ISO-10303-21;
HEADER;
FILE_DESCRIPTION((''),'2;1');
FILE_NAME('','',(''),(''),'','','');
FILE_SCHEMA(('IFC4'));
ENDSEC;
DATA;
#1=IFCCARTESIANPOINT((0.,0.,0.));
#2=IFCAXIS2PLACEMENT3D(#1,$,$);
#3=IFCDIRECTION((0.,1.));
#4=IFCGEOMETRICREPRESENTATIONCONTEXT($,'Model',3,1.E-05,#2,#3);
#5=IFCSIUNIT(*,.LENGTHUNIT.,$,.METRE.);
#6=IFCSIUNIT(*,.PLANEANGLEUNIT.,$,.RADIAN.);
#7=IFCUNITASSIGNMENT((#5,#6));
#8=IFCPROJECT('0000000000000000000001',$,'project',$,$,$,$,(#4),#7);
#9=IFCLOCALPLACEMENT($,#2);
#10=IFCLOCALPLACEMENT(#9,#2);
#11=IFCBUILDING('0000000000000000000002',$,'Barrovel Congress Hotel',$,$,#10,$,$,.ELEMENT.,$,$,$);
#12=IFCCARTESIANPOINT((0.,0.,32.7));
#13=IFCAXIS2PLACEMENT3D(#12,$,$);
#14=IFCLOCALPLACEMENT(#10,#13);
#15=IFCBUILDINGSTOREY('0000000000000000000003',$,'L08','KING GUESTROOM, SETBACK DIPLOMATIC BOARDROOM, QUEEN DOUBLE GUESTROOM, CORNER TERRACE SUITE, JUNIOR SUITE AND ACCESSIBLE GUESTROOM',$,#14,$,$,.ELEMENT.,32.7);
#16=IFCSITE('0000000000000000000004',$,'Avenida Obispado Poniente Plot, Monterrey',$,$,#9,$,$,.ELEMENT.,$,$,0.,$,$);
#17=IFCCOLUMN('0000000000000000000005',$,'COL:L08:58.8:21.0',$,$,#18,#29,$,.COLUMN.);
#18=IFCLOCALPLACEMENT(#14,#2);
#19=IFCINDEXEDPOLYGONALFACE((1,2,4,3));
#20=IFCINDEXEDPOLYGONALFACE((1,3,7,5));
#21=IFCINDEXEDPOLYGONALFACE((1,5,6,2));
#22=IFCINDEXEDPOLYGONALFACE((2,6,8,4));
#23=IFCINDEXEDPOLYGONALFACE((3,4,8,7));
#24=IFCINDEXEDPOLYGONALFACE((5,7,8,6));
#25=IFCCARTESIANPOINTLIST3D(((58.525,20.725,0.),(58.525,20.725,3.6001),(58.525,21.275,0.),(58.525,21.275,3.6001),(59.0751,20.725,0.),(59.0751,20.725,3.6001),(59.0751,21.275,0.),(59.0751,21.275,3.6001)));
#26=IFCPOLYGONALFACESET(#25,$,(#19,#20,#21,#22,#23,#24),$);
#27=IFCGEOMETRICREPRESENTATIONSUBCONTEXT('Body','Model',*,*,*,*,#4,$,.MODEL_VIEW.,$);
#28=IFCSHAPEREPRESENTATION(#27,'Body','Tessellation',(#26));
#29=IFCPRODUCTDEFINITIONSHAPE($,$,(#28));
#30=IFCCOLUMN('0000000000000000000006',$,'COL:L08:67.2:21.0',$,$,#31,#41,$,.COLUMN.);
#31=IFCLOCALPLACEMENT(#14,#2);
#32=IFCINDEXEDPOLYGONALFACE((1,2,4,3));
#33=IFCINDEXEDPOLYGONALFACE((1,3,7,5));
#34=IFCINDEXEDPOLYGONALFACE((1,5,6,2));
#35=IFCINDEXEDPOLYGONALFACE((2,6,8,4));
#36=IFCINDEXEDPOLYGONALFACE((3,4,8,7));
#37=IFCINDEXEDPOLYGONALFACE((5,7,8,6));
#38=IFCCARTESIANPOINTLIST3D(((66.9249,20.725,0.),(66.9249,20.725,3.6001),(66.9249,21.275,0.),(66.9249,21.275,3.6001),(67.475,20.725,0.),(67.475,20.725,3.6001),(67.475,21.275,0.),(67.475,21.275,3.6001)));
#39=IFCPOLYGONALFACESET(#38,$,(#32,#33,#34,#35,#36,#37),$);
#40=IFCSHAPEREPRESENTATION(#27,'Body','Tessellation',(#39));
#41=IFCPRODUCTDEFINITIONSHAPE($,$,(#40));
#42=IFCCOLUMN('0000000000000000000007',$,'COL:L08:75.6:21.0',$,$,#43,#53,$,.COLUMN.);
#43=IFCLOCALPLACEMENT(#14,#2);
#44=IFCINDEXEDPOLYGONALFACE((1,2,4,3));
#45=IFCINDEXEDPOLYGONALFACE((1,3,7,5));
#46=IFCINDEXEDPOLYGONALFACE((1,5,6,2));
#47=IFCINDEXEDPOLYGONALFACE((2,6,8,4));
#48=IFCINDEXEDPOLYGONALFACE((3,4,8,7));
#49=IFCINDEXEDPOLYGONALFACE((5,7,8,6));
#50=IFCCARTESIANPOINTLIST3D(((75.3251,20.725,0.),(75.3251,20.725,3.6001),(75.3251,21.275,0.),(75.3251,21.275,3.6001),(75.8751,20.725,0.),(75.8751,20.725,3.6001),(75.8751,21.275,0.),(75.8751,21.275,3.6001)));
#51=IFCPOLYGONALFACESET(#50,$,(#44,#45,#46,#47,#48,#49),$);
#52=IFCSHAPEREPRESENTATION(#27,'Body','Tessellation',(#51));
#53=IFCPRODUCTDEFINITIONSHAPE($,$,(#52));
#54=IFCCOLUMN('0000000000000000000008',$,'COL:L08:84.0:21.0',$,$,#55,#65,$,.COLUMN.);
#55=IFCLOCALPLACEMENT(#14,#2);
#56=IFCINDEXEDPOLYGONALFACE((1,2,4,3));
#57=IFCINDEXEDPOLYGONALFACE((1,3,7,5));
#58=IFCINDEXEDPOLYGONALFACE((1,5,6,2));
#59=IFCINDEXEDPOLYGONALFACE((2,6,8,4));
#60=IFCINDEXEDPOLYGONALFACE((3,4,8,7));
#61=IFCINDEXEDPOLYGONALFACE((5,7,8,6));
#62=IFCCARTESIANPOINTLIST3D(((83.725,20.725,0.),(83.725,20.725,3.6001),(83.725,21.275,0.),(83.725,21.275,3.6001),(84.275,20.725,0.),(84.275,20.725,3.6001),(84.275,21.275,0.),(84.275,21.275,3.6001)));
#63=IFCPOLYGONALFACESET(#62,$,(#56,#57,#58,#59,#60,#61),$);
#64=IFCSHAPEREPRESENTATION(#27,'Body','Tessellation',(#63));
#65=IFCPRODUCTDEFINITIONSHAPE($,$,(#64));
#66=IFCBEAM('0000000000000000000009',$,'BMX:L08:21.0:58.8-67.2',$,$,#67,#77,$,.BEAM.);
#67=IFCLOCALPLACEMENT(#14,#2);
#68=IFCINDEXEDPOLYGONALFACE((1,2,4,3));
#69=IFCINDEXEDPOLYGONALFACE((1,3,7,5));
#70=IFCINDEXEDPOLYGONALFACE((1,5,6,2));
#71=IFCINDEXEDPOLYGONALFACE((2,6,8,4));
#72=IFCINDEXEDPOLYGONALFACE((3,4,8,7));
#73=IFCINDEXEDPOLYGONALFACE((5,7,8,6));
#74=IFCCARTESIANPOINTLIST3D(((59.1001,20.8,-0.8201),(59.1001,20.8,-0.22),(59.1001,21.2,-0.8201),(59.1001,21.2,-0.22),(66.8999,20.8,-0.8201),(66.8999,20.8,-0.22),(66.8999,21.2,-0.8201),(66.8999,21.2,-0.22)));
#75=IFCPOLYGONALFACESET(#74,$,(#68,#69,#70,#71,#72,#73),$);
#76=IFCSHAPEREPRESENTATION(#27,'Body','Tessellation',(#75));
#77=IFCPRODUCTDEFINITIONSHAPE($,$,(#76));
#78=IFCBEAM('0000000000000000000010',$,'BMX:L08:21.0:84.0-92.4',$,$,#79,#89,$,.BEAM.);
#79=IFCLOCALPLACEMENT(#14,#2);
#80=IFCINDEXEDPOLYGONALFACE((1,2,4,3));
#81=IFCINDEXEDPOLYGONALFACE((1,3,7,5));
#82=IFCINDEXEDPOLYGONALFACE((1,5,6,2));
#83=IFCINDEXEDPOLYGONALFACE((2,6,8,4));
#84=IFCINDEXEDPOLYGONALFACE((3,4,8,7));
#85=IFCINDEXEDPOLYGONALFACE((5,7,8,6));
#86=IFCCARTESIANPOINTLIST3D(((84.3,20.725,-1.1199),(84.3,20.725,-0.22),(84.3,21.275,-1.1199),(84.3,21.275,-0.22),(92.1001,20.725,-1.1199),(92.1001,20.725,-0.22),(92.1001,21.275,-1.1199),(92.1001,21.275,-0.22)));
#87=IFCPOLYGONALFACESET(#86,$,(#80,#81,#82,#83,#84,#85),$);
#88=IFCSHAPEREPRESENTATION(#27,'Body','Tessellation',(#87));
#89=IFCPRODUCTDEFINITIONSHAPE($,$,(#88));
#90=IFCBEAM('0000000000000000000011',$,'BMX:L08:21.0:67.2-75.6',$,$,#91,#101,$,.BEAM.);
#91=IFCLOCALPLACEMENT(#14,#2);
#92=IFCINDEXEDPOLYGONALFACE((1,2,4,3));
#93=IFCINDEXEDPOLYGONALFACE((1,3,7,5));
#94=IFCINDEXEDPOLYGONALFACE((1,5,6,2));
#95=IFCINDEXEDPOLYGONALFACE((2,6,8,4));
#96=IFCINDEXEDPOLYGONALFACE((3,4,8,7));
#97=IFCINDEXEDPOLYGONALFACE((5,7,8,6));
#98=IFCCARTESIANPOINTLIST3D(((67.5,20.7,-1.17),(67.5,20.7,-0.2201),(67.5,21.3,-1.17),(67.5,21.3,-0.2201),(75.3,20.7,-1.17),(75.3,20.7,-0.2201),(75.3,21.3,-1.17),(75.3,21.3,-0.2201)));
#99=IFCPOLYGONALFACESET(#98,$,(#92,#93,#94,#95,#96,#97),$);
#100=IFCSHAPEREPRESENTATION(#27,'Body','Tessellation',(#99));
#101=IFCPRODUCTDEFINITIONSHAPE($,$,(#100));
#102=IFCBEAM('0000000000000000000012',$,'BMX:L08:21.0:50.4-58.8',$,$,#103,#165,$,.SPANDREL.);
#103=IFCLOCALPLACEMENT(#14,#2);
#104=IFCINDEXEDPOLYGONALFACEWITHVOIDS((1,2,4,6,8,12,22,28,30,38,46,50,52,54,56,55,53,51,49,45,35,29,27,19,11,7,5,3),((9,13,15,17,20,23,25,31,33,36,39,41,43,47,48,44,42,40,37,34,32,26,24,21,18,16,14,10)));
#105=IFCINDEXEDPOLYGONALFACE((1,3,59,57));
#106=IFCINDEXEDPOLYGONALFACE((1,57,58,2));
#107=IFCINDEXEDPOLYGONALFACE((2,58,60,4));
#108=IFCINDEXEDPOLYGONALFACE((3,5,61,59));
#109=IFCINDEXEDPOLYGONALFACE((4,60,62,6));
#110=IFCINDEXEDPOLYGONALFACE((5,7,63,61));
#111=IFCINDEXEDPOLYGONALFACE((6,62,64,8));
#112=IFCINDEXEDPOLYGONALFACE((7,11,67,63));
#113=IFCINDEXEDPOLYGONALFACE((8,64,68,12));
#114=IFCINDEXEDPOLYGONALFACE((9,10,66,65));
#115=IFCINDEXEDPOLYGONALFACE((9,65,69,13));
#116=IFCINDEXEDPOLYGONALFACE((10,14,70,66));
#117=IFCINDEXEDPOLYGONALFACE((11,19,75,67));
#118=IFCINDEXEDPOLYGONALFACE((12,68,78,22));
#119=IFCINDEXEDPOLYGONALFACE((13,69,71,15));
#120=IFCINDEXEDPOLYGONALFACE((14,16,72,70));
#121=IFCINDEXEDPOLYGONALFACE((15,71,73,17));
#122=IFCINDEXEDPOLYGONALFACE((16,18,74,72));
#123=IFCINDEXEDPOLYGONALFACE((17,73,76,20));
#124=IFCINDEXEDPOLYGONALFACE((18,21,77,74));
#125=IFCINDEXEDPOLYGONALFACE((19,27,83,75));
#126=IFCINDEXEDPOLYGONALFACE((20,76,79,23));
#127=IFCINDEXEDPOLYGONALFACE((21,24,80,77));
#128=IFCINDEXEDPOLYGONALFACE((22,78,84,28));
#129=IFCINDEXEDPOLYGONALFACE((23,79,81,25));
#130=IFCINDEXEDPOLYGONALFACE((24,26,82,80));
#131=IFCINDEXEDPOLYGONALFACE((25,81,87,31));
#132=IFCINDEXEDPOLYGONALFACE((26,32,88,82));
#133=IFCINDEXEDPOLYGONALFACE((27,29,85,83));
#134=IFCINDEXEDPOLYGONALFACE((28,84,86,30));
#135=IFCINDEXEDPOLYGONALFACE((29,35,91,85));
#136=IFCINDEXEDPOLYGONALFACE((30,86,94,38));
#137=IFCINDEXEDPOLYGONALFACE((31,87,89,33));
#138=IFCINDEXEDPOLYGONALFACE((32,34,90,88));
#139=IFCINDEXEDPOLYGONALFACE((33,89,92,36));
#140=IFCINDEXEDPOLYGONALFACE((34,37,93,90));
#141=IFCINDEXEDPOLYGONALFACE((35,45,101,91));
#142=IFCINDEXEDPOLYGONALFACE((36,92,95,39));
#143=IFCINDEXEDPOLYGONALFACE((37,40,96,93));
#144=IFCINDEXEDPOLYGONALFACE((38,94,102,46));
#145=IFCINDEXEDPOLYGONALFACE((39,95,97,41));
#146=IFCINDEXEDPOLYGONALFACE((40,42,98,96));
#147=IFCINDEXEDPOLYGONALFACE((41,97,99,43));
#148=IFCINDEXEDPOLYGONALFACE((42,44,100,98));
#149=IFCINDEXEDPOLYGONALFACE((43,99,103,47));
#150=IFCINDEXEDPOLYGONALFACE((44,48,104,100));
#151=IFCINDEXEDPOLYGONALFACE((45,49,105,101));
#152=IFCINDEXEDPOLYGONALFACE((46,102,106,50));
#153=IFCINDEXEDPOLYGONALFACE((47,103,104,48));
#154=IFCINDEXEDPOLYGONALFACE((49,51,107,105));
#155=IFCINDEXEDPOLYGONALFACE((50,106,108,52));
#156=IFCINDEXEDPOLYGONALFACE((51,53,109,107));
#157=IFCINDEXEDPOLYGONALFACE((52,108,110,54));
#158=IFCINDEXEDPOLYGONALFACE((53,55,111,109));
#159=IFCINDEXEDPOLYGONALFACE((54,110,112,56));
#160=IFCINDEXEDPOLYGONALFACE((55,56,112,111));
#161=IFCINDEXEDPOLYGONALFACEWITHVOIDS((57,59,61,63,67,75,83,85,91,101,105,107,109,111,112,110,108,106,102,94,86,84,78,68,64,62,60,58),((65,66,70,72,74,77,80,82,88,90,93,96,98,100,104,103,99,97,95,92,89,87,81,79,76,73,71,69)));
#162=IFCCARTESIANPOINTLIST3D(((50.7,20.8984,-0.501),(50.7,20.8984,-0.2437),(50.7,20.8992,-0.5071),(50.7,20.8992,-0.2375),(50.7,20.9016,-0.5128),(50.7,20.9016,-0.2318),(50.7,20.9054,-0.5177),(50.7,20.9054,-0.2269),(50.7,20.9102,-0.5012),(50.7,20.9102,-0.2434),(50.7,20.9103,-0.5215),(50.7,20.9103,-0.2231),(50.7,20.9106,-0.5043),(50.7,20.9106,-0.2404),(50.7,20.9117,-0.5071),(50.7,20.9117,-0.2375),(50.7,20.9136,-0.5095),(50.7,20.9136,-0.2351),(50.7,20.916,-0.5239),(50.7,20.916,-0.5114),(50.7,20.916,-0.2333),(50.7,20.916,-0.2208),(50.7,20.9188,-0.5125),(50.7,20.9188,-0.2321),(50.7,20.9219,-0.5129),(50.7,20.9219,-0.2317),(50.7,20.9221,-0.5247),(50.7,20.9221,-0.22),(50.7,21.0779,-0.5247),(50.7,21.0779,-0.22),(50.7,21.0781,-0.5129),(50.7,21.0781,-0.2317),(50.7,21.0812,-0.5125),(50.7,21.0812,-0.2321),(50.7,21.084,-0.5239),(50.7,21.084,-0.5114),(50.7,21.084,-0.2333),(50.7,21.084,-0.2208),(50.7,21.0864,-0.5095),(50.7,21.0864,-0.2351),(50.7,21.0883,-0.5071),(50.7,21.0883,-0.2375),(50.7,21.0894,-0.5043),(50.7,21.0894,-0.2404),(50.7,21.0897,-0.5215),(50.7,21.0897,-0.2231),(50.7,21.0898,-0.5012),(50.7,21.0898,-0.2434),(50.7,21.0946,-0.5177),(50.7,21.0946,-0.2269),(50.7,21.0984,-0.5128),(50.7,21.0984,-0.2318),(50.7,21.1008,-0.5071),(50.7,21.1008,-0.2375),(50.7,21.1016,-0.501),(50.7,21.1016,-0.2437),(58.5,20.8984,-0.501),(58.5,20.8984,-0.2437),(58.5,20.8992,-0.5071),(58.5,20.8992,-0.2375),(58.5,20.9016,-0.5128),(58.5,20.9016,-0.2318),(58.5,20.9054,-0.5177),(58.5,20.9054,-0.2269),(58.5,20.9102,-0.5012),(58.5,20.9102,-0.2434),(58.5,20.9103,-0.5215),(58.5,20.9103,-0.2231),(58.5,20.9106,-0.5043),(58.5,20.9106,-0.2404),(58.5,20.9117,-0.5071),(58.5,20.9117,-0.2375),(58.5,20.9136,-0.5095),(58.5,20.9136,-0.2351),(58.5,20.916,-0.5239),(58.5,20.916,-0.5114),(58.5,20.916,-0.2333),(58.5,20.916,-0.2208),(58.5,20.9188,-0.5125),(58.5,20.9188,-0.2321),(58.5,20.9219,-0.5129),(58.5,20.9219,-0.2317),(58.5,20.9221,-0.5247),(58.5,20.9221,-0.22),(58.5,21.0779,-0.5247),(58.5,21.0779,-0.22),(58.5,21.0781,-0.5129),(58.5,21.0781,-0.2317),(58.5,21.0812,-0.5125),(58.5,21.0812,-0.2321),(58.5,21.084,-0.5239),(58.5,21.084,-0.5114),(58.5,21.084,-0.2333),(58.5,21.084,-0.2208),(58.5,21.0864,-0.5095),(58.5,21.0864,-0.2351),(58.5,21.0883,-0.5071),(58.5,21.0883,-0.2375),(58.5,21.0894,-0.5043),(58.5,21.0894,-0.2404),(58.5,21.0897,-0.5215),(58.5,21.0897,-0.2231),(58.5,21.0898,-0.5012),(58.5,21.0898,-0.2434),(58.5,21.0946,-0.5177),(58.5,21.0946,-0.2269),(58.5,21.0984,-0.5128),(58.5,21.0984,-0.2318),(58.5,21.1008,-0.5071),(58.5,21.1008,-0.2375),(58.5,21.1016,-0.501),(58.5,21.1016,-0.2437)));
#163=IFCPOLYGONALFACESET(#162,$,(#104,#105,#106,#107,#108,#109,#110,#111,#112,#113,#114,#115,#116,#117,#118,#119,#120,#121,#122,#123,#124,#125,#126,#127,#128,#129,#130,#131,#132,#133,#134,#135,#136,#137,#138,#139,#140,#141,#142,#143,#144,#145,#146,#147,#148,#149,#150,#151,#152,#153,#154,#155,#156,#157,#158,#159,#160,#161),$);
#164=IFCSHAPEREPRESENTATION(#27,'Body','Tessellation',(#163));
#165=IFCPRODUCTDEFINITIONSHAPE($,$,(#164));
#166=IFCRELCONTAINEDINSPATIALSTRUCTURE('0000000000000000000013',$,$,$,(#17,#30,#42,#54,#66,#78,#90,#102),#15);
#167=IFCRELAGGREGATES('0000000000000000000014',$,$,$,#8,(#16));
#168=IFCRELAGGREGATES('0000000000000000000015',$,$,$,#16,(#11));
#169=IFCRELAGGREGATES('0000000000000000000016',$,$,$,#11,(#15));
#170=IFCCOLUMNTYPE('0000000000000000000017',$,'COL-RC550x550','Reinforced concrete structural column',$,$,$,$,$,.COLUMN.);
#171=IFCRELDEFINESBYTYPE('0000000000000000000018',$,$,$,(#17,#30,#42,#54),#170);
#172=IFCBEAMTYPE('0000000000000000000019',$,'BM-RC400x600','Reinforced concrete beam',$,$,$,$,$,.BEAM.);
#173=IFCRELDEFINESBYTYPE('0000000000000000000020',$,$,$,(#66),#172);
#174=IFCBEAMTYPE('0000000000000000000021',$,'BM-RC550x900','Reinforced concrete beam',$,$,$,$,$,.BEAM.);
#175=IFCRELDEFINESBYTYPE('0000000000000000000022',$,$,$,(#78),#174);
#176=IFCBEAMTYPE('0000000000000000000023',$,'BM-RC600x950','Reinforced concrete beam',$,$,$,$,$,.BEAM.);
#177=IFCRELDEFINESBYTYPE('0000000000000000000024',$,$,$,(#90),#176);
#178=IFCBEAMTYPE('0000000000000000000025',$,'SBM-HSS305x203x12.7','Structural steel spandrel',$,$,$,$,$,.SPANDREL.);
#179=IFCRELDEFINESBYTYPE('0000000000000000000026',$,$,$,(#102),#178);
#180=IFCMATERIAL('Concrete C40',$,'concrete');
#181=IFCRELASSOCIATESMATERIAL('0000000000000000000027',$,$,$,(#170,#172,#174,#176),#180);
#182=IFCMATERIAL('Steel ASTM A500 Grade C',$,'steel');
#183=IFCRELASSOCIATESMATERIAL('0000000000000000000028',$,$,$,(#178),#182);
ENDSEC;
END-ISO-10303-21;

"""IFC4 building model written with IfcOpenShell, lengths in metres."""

from ifc_helpers import new_model, si_unit, direction, frame, origin, origin_2d, place, context, subcontext, project, spatial, rectangle, hollow_rectangle, extrude, material, material_profile, profile_set, type_object, element, save


model = new_model("IFC4")

# Units and contexts
model_context = context("Model", 3, precision=1e-05, world=origin(), true_north=direction((0.0, 1.0)))
body_context = subcontext(model_context, "Body", "Model", "MODEL_VIEW")
ifc_project = project(units=[si_unit("LENGTHUNIT", "METRE"), si_unit("PLANEANGLEUNIT", "RADIAN")], contexts=[model_context])

# Site, building, storey
site_placement = place(None, origin())
site = spatial("IfcSite", under=ifc_project, at=site_placement, Name="Avenida Obispado Poniente Plot, Monterrey", CompositionType="ELEMENT", RefElevation=0.0)
building_placement = place(site_placement, origin())
building = spatial("IfcBuilding", under=site, at=building_placement, Name="Barrovel Congress Hotel", CompositionType="ELEMENT")
storey_placement = place(building_placement, frame((0.0, 0.0, 32.7)))
storey = spatial("IfcBuildingStorey", under=building, at=storey_placement, Name="L08", Description="KING GUESTROOM, SETBACK DIPLOMATIC BOARDROOM, QUEEN DOUBLE GUESTROOM, CORNER TERRACE SUITE, JUNIOR SUITE AND ACCESSIBLE GUESTROOM", CompositionType="ELEMENT", Elevation=32.7)

# Columns
ifc_material_1 = material(Name="Concrete C40", Category="concrete")
ifc_material_profile_1 = material_profile(ifc_material_1, rectangle(XDim=0.55, YDim=0.55, at=origin_2d()), Name="RC550x550")
ifc_profile_set_1 = profile_set([ifc_material_profile_1], Name="Concrete C40")
column_type = type_object("IfcColumnType", Name="COL-RC550x550", Description="Reinforced concrete structural column", PredefinedType="COLUMN", material=ifc_profile_set_1)
for number, where, z_axis, x_axis, name in (
    (1, (58.8, 21.0, 0.0), (0.0, 0.0, 1.0), (1.0, 0.0, 0.0), "COL:L08:58.8:21.0"),
    (2, (67.2, 21.0, 0.0), (0.0, 0.0, 1.0), (1.0, 0.0, 0.0), "COL:L08:67.2:21.0"),
    (3, (75.6001, 21.0, 0.0), (0.0, 0.0, 1.0), (1.0, 0.0, 0.0), "COL:L08:75.6:21.0"),
    (4, (84.0, 21.0, 0.0), (0.0, 0.0, 1.0), (1.0, 0.0, 0.0), "COL:L08:84.0:21.0"),
):
    element("IfcColumn", number, at=place(storey_placement, frame(where, z_axis=z_axis, x_axis=x_axis)), inside=storey, type_object=column_type, Name=name, PredefinedType="COLUMN", context=body_context, shape_type="SweptSolid", body=[
        extrude(rectangle(XDim=0.55, YDim=0.55, at=origin_2d()), origin(), (0.0, 0.0, 1.0), 3.6001),
    ])

# Beams
ifc_material_profile_2 = material_profile(ifc_material_1, rectangle(XDim=0.3999, YDim=0.6001, at=origin_2d()), Name="RC400x600")
ifc_profile_set_2 = profile_set([ifc_material_profile_2], Name="Concrete C40")
beam_type_1 = type_object("IfcBeamType", Name="BM-RC400x600", Description="Reinforced concrete beam", PredefinedType="BEAM", material=ifc_profile_set_2)
beam_1_placement = place(storey_placement, frame((59.1001, 21.0, -0.52), z_axis=(1.0, 0.0, 0.0), x_axis=(0.0, 1.0, 0.0)))
element("IfcBeam", 5, at=beam_1_placement, inside=storey, type_object=beam_type_1, Name="BMX:L08:21.0:58.8-67.2", PredefinedType="BEAM", context=body_context, shape_type="SweptSolid", body=[
    extrude(rectangle(XDim=0.3999, YDim=0.6001, at=origin_2d()), origin(), (0.0, 0.0, 1.0), 7.7998),
])
ifc_material_profile_3 = material_profile(ifc_material_1, rectangle(XDim=0.55, YDim=0.8999, at=origin_2d()), Name="RC550x900")
ifc_profile_set_3 = profile_set([ifc_material_profile_3], Name="Concrete C40")
beam_type_2 = type_object("IfcBeamType", Name="BM-RC550x900", Description="Reinforced concrete beam", PredefinedType="BEAM", material=ifc_profile_set_3)
beam_2_placement = place(storey_placement, frame((84.3, 21.0, -0.6699), z_axis=(1.0, 0.0, 0.0), x_axis=(0.0, 1.0, 0.0)))
element("IfcBeam", 6, at=beam_2_placement, inside=storey, type_object=beam_type_2, Name="BMX:L08:21.0:84.0-92.4", PredefinedType="BEAM", context=body_context, shape_type="SweptSolid", body=[
    extrude(rectangle(XDim=0.55, YDim=0.8999, at=origin_2d()), origin(), (0.0, 0.0, 1.0), 7.8),
])
ifc_material_profile_4 = material_profile(ifc_material_1, rectangle(XDim=0.6001, YDim=0.95, at=origin_2d()), Name="RC600x950")
ifc_profile_set_4 = profile_set([ifc_material_profile_4], Name="Concrete C40")
beam_type_3 = type_object("IfcBeamType", Name="BM-RC600x950", Description="Reinforced concrete beam", PredefinedType="BEAM", material=ifc_profile_set_4)
beam_3_placement = place(storey_placement, frame((67.5, 21.0, -0.6951), z_axis=(1.0, 0.0, 0.0), x_axis=(0.0, 1.0, 0.0)))
element("IfcBeam", 7, at=beam_3_placement, inside=storey, type_object=beam_type_3, Name="BMX:L08:21.0:67.2-75.6", PredefinedType="BEAM", context=body_context, shape_type="SweptSolid", body=[
    extrude(rectangle(XDim=0.6001, YDim=0.95, at=origin_2d()), origin(), (0.0, 0.0, 1.0), 7.8),
])
ifc_material_2 = material(Name="Steel ASTM A500 Grade C", Category="steel")
ifc_material_profile_5 = material_profile(ifc_material_2, hollow_rectangle(XDim=0.2031, YDim=0.3047, WallThickness=0.0117, InnerFilletRadius=0.0117, OuterFilletRadius=0.0237, at=origin_2d()), Name="HSS305x203x12.7")
ifc_profile_set_5 = profile_set([ifc_material_profile_5], Name="Steel ASTM A500 Grade C")
beam_type_4 = type_object("IfcBeamType", Name="SBM-HSS305x203x12.7", Description="Structural steel spandrel", PredefinedType="SPANDREL", material=ifc_profile_set_5)
beam_4_placement = place(storey_placement, frame((50.7, 21.0, -0.3723), z_axis=(1.0, 0.0, 0.0), x_axis=(0.0, 1.0, 0.0)))
element("IfcBeam", 8, at=beam_4_placement, inside=storey, type_object=beam_type_4, Name="BMX:L08:21.0:50.4-58.8", PredefinedType="SPANDREL", context=body_context, shape_type="SweptSolid", body=[
    extrude(hollow_rectangle(XDim=0.2031, YDim=0.3047, WallThickness=0.0117, InnerFilletRadius=0.0117, OuterFilletRadius=0.0237, at=origin_2d()), origin(), (0.0, 0.0, 1.0), 7.8),
])

save(model, "model.ifc")
